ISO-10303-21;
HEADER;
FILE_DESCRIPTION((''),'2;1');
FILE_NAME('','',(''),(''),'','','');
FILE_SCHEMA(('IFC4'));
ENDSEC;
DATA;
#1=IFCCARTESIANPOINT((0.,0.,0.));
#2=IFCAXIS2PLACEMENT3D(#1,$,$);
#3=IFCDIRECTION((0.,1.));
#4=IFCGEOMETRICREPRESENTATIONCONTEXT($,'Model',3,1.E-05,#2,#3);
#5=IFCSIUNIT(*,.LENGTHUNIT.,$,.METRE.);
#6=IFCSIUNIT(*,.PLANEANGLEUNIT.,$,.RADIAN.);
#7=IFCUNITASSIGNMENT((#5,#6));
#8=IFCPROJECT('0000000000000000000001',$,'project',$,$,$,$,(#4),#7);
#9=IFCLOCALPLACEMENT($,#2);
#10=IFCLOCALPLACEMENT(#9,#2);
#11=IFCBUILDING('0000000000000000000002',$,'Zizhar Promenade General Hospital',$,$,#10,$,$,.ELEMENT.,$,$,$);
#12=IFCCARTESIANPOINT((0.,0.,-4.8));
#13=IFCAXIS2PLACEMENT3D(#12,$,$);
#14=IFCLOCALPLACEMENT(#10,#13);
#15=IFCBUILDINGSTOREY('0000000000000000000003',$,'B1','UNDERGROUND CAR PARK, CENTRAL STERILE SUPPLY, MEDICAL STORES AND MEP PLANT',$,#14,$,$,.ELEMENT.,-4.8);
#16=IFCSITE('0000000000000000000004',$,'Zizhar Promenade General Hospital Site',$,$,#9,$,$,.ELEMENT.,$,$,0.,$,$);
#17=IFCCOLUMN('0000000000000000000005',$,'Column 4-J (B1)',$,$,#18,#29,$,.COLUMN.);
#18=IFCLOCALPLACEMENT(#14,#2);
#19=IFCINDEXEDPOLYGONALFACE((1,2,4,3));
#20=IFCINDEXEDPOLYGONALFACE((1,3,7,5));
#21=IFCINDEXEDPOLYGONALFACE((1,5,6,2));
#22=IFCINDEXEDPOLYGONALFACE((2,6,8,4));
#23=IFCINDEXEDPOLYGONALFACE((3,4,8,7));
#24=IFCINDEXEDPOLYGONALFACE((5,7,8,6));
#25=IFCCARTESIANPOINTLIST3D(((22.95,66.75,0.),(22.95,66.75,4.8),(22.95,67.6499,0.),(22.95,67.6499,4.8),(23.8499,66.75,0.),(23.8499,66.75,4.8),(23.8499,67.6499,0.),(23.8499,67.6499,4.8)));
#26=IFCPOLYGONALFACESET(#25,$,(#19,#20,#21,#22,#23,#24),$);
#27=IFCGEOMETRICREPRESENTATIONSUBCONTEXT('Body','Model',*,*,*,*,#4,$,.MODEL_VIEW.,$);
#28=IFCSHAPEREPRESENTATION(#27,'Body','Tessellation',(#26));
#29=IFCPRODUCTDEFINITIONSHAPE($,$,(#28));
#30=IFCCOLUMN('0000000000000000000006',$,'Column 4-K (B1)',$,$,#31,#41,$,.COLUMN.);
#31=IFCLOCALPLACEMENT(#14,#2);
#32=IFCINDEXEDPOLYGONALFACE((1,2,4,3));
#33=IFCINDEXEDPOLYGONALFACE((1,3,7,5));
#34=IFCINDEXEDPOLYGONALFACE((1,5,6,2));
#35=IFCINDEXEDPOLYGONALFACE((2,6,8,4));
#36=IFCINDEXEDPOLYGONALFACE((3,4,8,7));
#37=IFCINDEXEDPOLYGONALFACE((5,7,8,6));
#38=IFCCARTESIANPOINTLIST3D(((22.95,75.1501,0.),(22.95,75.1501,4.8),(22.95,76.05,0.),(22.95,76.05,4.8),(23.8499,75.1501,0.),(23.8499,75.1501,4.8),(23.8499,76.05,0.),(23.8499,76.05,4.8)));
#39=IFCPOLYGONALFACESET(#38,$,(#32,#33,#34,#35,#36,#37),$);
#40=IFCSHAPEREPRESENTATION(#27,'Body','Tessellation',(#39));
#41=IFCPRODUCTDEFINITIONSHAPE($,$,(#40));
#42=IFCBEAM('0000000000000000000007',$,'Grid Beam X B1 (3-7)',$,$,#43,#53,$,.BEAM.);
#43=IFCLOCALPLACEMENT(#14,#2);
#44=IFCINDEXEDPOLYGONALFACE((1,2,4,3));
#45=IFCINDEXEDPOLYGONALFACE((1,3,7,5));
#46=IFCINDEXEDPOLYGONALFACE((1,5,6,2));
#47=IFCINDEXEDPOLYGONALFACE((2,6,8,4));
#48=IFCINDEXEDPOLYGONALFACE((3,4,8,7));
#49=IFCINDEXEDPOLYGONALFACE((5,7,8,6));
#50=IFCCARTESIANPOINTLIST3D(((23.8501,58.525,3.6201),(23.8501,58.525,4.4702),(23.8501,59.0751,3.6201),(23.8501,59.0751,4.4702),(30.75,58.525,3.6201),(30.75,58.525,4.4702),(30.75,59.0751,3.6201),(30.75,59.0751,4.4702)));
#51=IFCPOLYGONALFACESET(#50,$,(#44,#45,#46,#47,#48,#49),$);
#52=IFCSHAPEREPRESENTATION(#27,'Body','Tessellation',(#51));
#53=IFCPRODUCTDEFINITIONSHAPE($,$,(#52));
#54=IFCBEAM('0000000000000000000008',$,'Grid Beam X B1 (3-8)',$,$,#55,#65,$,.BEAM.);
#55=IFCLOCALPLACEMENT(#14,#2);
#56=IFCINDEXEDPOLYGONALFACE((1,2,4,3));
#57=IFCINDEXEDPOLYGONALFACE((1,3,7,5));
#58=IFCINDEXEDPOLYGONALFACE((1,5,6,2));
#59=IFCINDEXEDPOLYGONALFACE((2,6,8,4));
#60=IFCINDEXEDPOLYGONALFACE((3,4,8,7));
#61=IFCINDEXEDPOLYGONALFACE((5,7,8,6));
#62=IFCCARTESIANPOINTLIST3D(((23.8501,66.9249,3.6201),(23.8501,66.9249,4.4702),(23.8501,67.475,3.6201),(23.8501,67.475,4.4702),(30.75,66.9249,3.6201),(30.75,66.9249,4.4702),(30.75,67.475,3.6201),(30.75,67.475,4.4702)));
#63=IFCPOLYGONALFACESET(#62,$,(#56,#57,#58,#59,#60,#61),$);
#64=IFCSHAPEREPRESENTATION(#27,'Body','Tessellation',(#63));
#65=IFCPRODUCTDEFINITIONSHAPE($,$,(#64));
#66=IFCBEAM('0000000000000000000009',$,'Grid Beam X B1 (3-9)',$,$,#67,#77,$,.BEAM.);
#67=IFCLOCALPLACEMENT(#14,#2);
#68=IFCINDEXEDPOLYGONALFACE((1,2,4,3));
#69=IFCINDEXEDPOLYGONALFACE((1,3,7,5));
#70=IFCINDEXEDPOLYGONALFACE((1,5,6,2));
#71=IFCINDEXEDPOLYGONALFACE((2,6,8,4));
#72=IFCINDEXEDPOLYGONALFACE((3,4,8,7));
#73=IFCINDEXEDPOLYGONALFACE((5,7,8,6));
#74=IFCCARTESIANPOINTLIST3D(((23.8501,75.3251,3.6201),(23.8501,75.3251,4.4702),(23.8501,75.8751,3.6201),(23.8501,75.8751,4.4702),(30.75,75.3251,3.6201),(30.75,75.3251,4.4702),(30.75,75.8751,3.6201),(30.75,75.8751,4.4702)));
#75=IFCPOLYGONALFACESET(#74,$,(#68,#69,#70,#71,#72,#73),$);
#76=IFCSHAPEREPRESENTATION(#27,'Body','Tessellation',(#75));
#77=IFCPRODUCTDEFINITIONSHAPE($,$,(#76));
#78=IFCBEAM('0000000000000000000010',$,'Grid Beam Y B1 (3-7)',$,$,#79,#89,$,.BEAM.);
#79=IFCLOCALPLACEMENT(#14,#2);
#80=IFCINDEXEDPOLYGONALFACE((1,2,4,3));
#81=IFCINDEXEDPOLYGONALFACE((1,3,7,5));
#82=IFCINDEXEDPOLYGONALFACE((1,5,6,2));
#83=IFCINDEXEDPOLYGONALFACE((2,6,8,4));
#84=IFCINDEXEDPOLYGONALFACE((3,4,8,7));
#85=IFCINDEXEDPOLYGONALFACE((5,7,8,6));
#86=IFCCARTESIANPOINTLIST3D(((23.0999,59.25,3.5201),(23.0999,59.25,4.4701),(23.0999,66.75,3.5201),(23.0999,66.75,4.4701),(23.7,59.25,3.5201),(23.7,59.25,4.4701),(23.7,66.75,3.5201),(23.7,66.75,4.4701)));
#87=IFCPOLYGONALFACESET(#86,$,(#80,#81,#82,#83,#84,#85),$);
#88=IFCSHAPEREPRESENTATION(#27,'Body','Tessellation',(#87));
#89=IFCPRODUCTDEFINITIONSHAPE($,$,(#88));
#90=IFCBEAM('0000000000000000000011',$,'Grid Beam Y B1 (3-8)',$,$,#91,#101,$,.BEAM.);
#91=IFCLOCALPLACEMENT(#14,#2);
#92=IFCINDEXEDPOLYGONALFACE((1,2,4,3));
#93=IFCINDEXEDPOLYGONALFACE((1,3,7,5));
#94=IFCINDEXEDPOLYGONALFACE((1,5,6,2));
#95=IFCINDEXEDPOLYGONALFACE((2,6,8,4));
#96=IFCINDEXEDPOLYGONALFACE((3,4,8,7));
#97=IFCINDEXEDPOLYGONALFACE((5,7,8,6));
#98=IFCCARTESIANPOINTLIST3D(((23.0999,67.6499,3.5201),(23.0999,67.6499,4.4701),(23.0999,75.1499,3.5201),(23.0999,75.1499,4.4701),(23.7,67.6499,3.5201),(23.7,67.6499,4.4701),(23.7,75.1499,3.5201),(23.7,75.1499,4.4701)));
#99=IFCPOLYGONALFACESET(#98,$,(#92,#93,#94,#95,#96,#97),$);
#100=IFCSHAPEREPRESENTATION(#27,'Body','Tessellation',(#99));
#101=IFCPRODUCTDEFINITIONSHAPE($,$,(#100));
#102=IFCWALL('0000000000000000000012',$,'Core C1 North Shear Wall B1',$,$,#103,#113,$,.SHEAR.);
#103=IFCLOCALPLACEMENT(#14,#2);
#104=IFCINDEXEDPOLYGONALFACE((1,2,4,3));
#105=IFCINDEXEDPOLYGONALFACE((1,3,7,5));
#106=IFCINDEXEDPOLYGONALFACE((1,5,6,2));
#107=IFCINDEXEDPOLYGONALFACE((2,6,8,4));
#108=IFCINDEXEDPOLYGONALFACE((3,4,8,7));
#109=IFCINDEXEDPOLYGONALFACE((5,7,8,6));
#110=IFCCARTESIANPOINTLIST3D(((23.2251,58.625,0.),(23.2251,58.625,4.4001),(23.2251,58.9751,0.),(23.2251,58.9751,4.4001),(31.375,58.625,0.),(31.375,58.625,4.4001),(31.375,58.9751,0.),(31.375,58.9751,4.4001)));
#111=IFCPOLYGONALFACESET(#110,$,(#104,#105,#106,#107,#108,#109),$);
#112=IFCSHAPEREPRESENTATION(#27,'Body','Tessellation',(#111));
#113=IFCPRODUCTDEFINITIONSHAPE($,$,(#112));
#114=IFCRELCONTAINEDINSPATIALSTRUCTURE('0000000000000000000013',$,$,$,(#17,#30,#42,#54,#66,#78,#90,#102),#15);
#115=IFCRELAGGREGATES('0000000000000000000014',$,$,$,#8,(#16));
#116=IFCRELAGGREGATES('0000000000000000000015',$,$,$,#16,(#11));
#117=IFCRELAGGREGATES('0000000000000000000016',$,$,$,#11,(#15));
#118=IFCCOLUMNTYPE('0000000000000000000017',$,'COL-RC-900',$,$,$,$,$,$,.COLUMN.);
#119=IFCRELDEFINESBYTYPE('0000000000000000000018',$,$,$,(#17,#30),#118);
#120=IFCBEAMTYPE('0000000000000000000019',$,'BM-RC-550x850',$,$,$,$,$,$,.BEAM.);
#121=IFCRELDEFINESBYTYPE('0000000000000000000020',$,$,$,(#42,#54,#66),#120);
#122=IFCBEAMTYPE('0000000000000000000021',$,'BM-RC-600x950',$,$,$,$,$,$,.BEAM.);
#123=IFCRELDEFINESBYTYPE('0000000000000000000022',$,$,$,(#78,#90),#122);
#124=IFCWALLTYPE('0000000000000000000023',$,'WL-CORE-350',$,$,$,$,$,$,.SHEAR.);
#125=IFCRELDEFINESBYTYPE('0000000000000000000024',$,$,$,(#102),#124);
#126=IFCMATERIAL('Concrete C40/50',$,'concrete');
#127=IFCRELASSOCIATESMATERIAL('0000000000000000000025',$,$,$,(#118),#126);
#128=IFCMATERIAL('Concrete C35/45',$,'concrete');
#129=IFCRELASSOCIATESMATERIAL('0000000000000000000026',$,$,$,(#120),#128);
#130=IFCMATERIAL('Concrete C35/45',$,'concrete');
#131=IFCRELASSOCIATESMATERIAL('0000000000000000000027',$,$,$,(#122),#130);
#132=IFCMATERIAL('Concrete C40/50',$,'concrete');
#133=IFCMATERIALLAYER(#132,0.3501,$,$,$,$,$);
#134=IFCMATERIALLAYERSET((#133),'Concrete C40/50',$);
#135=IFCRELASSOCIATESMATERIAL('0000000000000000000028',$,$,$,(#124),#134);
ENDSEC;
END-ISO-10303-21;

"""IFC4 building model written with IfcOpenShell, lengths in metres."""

from ifc_helpers import new_model, si_unit, direction, frame, frame_2d, origin, origin_2d, place, context, subcontext, project, spatial, rectangle, extrude, material, layer, layer_set, material_profile, profile_set, type_object, element, save


model = new_model("IFC4")

# Units and contexts
model_context = context("Model", 3, precision=1e-05, world=origin(), true_north=direction((0.0, 1.0)))
body_context = subcontext(model_context, "Body", "Model", "MODEL_VIEW")
ifc_project = project(units=[si_unit("LENGTHUNIT", "METRE"), si_unit("PLANEANGLEUNIT", "RADIAN")], contexts=[model_context])

# Site, building, storey
site_placement = place(None, origin())
site = spatial("IfcSite", under=ifc_project, at=site_placement, Name="Zizhar Promenade General Hospital Site", CompositionType="ELEMENT", RefElevation=0.0)
building_placement = place(site_placement, origin())
building = spatial("IfcBuilding", under=site, at=building_placement, Name="Zizhar Promenade General Hospital", CompositionType="ELEMENT")
storey_placement = place(building_placement, frame((0.0, 0.0, -4.8)))
storey = spatial("IfcBuildingStorey", under=building, at=storey_placement, Name="B1", Description="UNDERGROUND CAR PARK, CENTRAL STERILE SUPPLY, MEDICAL STORES AND MEP PLANT", CompositionType="ELEMENT", Elevation=-4.8)

# Columns
ifc_material_1 = material(Name="Concrete C40/50", Category="concrete")
ifc_material_profile_1 = material_profile(ifc_material_1, rectangle(XDim=0.8999, YDim=0.8999, at=origin_2d()))
ifc_profile_set_1 = profile_set([ifc_material_profile_1], Name="Concrete C40/50")
column_type = type_object("IfcColumnType", Name="COL-RC-900", PredefinedType="COLUMN", material=ifc_profile_set_1)
for number, where, z_axis, x_axis, name in (
    (1, (23.3999, 67.2, 0.0), (0.0, 0.0, 1.0), (1.0, 0.0, 0.0), "Column 4-J (B1)"),
    (2, (23.3999, 75.6001, 0.0), (0.0, 0.0, 1.0), (1.0, 0.0, 0.0), "Column 4-K (B1)"),
):
    element("IfcColumn", number, at=place(storey_placement, frame(where, z_axis=z_axis, x_axis=x_axis)), inside=storey, type_object=column_type, Name=name, PredefinedType="COLUMN", context=body_context, shape_type="SweptSolid", body=[
        extrude(rectangle(XDim=0.8999, YDim=0.8999, at=origin_2d()), origin(), (0.0, 0.0, 1.0), 4.8),
    ])

# Beams
ifc_material_2 = material(Name="Concrete C35/45", Category="concrete")
ifc_material_profile_2 = material_profile(ifc_material_2, rectangle(XDim=0.55, YDim=0.8501, at=origin_2d()))
ifc_profile_set_2 = profile_set([ifc_material_profile_2], Name="Concrete C35/45")
beam_type_1 = type_object("IfcBeamType", Name="BM-RC-550x850", PredefinedType="BEAM", material=ifc_profile_set_2)
for number, where, z_axis, x_axis, name in (
    (3, (23.8501, 58.8, 4.0452), (1.0, 0.0, 0.0), (0.0, 1.0, 0.0), "Grid Beam X B1 (3-7)"),
    (4, (23.8501, 67.2, 4.0452), (1.0, 0.0, 0.0), (0.0, 1.0, 0.0), "Grid Beam X B1 (3-8)"),
    (5, (23.8501, 75.6001, 4.0452), (1.0, 0.0, 0.0), (0.0, 1.0, 0.0), "Grid Beam X B1 (3-9)"),
):
    element("IfcBeam", number, at=place(storey_placement, frame(where, z_axis=z_axis, x_axis=x_axis)), inside=storey, type_object=beam_type_1, Name=name, PredefinedType="BEAM", context=body_context, shape_type="SweptSolid", body=[
        extrude(rectangle(XDim=0.55, YDim=0.8501, at=origin_2d()), origin(), (0.0, 0.0, 1.0), 6.8999),
    ])
ifc_material_3 = material(Name="Concrete C35/45", Category="concrete")
ifc_material_profile_3 = material_profile(ifc_material_3, rectangle(XDim=0.6001, YDim=0.95, at=origin_2d()))
ifc_profile_set_3 = profile_set([ifc_material_profile_3], Name="Concrete C35/45")
beam_type_2 = type_object("IfcBeamType", Name="BM-RC-600x950", PredefinedType="BEAM", material=ifc_profile_set_3)
for number, where, z_axis, x_axis, name in (
    (6, (23.3999, 59.25, 3.9951), (0.0, 1.0, 0.0), (-1.0, 0.0, 0.0), "Grid Beam Y B1 (3-7)"),
    (7, (23.3999, 67.6499, 3.9951), (0.0, 1.0, 0.0), (-1.0, 0.0, 0.0), "Grid Beam Y B1 (3-8)"),
):
    element("IfcBeam", number, at=place(storey_placement, frame(where, z_axis=z_axis, x_axis=x_axis)), inside=storey, type_object=beam_type_2, Name=name, PredefinedType="BEAM", context=body_context, shape_type="SweptSolid", body=[
        extrude(rectangle(XDim=0.6001, YDim=0.95, at=origin_2d()), origin(), (0.0, 0.0, 1.0), 7.5),
    ])

# Wall
ifc_material_4 = material(Name="Concrete C40/50", Category="concrete")
ifc_layer = layer(ifc_material_4, 0.3501)
ifc_layer_set = layer_set([ifc_layer], Name="Concrete C40/50")
wall_type = type_object("IfcWallType", Name="WL-CORE-350", PredefinedType="SHEAR", material=ifc_layer_set)
wall_placement = place(storey_placement, frame((23.2251, 58.8, 0.0), z_axis=(0.0, 0.0, 1.0), x_axis=(1.0, 0.0, 0.0)))
element("IfcWall", 8, at=wall_placement, inside=storey, type_object=wall_type, Name="Core C1 North Shear Wall B1", PredefinedType="SHEAR", context=body_context, shape_type="SweptSolid", body=[
    extrude(rectangle(XDim=8.1499, YDim=0.3501, at=frame_2d((4.075, 0.0))), origin(), (0.0, 0.0, 1.0), 4.4001),
])

save(model, "model.ifc")
